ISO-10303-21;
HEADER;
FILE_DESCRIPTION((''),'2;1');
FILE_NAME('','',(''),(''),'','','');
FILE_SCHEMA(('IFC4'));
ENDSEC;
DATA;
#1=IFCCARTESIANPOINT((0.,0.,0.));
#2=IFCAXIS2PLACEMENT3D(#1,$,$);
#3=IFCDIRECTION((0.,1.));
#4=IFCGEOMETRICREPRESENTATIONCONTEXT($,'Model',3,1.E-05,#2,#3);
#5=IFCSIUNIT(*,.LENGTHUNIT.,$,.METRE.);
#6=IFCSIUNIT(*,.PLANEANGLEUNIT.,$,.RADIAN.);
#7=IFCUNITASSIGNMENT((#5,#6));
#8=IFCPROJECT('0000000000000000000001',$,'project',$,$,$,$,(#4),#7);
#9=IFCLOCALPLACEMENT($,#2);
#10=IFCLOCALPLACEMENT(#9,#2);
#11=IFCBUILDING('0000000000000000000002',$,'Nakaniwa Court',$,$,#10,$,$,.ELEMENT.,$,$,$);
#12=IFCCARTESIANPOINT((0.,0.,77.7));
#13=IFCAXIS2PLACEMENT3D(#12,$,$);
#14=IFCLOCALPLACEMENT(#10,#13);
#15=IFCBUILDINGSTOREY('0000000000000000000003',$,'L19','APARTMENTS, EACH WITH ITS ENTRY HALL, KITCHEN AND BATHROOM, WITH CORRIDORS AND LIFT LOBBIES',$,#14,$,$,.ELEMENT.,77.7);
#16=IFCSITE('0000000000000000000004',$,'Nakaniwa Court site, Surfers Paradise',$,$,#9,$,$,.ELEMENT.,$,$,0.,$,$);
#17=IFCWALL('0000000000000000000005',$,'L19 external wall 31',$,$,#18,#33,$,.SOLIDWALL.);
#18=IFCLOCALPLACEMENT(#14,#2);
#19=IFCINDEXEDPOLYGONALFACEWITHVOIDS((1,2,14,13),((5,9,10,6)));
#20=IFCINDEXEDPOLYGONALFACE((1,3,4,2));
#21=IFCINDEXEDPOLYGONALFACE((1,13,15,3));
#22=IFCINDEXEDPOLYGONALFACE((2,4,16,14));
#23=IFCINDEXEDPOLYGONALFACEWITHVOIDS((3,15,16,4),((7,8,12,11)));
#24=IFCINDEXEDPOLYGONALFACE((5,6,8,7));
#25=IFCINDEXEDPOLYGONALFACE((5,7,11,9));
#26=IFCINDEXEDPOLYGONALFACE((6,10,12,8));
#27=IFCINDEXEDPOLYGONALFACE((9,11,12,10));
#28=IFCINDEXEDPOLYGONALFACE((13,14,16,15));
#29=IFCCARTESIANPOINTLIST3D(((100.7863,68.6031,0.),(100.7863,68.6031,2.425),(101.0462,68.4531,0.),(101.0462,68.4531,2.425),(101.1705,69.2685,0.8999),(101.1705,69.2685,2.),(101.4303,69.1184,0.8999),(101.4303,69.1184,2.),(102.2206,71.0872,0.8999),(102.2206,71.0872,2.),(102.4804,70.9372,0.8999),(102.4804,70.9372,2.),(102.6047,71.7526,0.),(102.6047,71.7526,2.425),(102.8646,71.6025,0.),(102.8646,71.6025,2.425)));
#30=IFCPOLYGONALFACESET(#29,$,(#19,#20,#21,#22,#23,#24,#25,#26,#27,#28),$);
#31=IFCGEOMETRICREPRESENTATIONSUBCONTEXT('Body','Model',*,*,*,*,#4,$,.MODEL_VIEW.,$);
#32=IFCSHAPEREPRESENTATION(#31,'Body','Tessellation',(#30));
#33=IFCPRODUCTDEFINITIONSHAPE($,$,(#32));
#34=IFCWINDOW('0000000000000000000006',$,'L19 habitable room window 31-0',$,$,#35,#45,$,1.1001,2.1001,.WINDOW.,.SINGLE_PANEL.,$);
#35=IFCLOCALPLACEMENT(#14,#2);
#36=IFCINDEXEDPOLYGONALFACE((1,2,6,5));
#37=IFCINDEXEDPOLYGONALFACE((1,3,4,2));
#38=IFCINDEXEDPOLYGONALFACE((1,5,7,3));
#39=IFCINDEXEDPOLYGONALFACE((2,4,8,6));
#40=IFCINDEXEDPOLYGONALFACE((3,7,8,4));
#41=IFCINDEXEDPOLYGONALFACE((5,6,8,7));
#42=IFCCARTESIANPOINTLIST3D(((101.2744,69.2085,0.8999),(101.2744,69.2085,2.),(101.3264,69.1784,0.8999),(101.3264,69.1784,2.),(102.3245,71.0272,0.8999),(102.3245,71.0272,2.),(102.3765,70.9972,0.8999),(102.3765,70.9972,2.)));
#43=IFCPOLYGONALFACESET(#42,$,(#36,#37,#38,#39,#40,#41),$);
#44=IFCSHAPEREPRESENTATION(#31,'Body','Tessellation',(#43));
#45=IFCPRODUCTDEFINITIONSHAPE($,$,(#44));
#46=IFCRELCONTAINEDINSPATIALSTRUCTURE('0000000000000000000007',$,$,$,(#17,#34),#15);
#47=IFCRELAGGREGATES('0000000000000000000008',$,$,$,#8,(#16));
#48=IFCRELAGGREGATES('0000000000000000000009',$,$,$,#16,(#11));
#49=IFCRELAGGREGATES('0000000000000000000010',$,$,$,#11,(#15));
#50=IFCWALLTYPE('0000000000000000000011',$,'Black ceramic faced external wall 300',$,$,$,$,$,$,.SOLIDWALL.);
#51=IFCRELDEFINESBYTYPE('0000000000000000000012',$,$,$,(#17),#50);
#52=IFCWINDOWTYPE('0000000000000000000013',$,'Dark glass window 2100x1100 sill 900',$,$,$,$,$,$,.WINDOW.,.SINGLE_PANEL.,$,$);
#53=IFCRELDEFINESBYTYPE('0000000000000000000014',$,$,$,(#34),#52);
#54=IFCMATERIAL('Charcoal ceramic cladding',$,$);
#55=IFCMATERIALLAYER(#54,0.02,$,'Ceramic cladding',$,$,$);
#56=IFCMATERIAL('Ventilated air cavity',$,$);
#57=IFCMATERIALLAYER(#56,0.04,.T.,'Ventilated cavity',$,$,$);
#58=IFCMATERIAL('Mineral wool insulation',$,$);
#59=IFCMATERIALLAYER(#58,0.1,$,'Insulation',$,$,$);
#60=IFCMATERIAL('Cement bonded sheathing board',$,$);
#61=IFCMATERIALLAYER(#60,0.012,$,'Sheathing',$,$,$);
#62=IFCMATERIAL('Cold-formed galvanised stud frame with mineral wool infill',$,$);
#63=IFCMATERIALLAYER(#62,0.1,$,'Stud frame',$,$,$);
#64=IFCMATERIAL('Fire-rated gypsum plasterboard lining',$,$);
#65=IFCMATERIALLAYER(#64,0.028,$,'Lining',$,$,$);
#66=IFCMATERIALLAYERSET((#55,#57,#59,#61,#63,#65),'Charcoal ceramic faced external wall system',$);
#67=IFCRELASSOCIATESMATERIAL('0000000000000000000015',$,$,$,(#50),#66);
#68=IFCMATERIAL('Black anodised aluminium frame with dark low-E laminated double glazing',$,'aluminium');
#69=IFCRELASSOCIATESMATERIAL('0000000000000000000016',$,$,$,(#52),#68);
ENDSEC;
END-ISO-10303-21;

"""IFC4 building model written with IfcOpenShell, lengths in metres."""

from ifc_helpers import new_model, si_unit, direction, frame, frame_2d, origin, place, context, subcontext, project, spatial, rectangle, extrude, material, layer, layer_set, type_object, element, fill, save


model = new_model("IFC4")

# Units and contexts
model_context = context("Model", 3, precision=1e-05, world=origin(), true_north=direction((0.0, 1.0)))
body_context = subcontext(model_context, "Body", "Model", "MODEL_VIEW")
ifc_project = project(units=[si_unit("LENGTHUNIT", "METRE"), si_unit("PLANEANGLEUNIT", "RADIAN")], contexts=[model_context])

# Site, building, storey
site_placement = place(None, origin())
site = spatial("IfcSite", under=ifc_project, at=site_placement, Name="Nakaniwa Court site, Surfers Paradise", CompositionType="ELEMENT", RefElevation=0.0)
building_placement = place(site_placement, origin())
building = spatial("IfcBuilding", under=site, at=building_placement, Name="Nakaniwa Court", CompositionType="ELEMENT")
storey_placement = place(building_placement, frame((0.0, 0.0, 77.7)))
storey = spatial("IfcBuildingStorey", under=building, at=storey_placement, Name="L19", Description="APARTMENTS, EACH WITH ITS ENTRY HALL, KITCHEN AND BATHROOM, WITH CORRIDORS AND LIFT LOBBIES", CompositionType="ELEMENT", Elevation=77.7)

# Wall, opening, window
ifc_material_1 = material(Name="Charcoal ceramic cladding")
ifc_layer_1 = layer(ifc_material_1, 0.02, Name="Ceramic cladding")
ifc_material_2 = material(Name="Ventilated air cavity")
ifc_layer_2 = layer(ifc_material_2, 0.04, ventilated=True, Name="Ventilated cavity")
ifc_material_3 = material(Name="Mineral wool insulation")
ifc_layer_3 = layer(ifc_material_3, 0.1, Name="Insulation")
ifc_material_4 = material(Name="Cement bonded sheathing board")
ifc_layer_4 = layer(ifc_material_4, 0.012, Name="Sheathing")
ifc_material_5 = material(Name="Cold-formed galvanised stud frame with mineral wool infill")
ifc_layer_5 = layer(ifc_material_5, 0.1, Name="Stud frame")
ifc_material_6 = material(Name="Fire-rated gypsum plasterboard lining")
ifc_layer_6 = layer(ifc_material_6, 0.028, Name="Lining")
ifc_layer_set_1 = layer_set([ifc_layer_1, ifc_layer_2, ifc_layer_3, ifc_layer_4, ifc_layer_5, ifc_layer_6], Name="Charcoal ceramic faced external wall system")
wall_type_1 = type_object("IfcWallType", Name="Black ceramic faced external wall 300", PredefinedType="SOLIDWALL", material=ifc_layer_set_1)
ifc_material_7 = material(Name="Black anodised aluminium frame with dark low-E laminated double glazing", Category="aluminium")
window_type_1 = type_object("IfcWindowType", Name="Dark glass window 2100x1100 sill 900", PartitioningType="SINGLE_PANEL", PredefinedType="WINDOW", material=ifc_material_7)
wall_1_placement = place(storey_placement, frame((100.9163, 68.5281, 0.0), z_axis=(0.0, 0.0, 1.0), x_axis=(0.500009, 0.86602, 0.0)))
wall_1 = element("IfcWall", 1, at=wall_1_placement, inside=storey, type_object=wall_type_1, Name="L19 external wall 31", PredefinedType="SOLIDWALL", context=body_context, shape_type="SweptSolid", body=[
    extrude(rectangle(XDim=3.6367, YDim=0.3, at=frame_2d((1.8184, 0.0))), origin(), (0.0, 0.0, 1.0), 2.425),
])
opening_1_placement = place(wall_1_placement, frame((0.7683, 0.0, 0.8999)))
opening_1 = element("IfcOpeningElement", 2, at=opening_1_placement, cuts=wall_1, PredefinedType="OPENING", context=body_context, shape_type="SweptSolid", body=[
    extrude(rectangle(XDim=2.1001, YDim=1.1001, at=frame_2d((1.05, 0.55))), frame((0.0, 0.1599, 0.0), z_axis=(0.0, -1.0, 0.0), x_axis=(1.0, 0.0, 0.0)), (0.0, 0.0, 1.0), 0.3201),
])
window_1_placement = place(opening_1_placement, origin())
window_1 = element("IfcWindow", 3, at=window_1_placement, inside=storey, type_object=window_type_1, Name="L19 habitable room window 31-0", OverallHeight=1.1001, OverallWidth=2.1001, PartitioningType="SINGLE_PANEL", PredefinedType="WINDOW", context=body_context, shape_type="SweptSolid", body=[
    extrude(rectangle(XDim=2.1001, YDim=1.1001, at=frame_2d((1.05, 0.55))), frame((0.0, 0.03, 0.0), z_axis=(0.0, -1.0, 0.0), x_axis=(1.0, 0.0, 0.0)), (0.0, 0.0, 1.0), 0.0601),
])
fill(opening_1, window_1)

save(model, "model.ifc")
